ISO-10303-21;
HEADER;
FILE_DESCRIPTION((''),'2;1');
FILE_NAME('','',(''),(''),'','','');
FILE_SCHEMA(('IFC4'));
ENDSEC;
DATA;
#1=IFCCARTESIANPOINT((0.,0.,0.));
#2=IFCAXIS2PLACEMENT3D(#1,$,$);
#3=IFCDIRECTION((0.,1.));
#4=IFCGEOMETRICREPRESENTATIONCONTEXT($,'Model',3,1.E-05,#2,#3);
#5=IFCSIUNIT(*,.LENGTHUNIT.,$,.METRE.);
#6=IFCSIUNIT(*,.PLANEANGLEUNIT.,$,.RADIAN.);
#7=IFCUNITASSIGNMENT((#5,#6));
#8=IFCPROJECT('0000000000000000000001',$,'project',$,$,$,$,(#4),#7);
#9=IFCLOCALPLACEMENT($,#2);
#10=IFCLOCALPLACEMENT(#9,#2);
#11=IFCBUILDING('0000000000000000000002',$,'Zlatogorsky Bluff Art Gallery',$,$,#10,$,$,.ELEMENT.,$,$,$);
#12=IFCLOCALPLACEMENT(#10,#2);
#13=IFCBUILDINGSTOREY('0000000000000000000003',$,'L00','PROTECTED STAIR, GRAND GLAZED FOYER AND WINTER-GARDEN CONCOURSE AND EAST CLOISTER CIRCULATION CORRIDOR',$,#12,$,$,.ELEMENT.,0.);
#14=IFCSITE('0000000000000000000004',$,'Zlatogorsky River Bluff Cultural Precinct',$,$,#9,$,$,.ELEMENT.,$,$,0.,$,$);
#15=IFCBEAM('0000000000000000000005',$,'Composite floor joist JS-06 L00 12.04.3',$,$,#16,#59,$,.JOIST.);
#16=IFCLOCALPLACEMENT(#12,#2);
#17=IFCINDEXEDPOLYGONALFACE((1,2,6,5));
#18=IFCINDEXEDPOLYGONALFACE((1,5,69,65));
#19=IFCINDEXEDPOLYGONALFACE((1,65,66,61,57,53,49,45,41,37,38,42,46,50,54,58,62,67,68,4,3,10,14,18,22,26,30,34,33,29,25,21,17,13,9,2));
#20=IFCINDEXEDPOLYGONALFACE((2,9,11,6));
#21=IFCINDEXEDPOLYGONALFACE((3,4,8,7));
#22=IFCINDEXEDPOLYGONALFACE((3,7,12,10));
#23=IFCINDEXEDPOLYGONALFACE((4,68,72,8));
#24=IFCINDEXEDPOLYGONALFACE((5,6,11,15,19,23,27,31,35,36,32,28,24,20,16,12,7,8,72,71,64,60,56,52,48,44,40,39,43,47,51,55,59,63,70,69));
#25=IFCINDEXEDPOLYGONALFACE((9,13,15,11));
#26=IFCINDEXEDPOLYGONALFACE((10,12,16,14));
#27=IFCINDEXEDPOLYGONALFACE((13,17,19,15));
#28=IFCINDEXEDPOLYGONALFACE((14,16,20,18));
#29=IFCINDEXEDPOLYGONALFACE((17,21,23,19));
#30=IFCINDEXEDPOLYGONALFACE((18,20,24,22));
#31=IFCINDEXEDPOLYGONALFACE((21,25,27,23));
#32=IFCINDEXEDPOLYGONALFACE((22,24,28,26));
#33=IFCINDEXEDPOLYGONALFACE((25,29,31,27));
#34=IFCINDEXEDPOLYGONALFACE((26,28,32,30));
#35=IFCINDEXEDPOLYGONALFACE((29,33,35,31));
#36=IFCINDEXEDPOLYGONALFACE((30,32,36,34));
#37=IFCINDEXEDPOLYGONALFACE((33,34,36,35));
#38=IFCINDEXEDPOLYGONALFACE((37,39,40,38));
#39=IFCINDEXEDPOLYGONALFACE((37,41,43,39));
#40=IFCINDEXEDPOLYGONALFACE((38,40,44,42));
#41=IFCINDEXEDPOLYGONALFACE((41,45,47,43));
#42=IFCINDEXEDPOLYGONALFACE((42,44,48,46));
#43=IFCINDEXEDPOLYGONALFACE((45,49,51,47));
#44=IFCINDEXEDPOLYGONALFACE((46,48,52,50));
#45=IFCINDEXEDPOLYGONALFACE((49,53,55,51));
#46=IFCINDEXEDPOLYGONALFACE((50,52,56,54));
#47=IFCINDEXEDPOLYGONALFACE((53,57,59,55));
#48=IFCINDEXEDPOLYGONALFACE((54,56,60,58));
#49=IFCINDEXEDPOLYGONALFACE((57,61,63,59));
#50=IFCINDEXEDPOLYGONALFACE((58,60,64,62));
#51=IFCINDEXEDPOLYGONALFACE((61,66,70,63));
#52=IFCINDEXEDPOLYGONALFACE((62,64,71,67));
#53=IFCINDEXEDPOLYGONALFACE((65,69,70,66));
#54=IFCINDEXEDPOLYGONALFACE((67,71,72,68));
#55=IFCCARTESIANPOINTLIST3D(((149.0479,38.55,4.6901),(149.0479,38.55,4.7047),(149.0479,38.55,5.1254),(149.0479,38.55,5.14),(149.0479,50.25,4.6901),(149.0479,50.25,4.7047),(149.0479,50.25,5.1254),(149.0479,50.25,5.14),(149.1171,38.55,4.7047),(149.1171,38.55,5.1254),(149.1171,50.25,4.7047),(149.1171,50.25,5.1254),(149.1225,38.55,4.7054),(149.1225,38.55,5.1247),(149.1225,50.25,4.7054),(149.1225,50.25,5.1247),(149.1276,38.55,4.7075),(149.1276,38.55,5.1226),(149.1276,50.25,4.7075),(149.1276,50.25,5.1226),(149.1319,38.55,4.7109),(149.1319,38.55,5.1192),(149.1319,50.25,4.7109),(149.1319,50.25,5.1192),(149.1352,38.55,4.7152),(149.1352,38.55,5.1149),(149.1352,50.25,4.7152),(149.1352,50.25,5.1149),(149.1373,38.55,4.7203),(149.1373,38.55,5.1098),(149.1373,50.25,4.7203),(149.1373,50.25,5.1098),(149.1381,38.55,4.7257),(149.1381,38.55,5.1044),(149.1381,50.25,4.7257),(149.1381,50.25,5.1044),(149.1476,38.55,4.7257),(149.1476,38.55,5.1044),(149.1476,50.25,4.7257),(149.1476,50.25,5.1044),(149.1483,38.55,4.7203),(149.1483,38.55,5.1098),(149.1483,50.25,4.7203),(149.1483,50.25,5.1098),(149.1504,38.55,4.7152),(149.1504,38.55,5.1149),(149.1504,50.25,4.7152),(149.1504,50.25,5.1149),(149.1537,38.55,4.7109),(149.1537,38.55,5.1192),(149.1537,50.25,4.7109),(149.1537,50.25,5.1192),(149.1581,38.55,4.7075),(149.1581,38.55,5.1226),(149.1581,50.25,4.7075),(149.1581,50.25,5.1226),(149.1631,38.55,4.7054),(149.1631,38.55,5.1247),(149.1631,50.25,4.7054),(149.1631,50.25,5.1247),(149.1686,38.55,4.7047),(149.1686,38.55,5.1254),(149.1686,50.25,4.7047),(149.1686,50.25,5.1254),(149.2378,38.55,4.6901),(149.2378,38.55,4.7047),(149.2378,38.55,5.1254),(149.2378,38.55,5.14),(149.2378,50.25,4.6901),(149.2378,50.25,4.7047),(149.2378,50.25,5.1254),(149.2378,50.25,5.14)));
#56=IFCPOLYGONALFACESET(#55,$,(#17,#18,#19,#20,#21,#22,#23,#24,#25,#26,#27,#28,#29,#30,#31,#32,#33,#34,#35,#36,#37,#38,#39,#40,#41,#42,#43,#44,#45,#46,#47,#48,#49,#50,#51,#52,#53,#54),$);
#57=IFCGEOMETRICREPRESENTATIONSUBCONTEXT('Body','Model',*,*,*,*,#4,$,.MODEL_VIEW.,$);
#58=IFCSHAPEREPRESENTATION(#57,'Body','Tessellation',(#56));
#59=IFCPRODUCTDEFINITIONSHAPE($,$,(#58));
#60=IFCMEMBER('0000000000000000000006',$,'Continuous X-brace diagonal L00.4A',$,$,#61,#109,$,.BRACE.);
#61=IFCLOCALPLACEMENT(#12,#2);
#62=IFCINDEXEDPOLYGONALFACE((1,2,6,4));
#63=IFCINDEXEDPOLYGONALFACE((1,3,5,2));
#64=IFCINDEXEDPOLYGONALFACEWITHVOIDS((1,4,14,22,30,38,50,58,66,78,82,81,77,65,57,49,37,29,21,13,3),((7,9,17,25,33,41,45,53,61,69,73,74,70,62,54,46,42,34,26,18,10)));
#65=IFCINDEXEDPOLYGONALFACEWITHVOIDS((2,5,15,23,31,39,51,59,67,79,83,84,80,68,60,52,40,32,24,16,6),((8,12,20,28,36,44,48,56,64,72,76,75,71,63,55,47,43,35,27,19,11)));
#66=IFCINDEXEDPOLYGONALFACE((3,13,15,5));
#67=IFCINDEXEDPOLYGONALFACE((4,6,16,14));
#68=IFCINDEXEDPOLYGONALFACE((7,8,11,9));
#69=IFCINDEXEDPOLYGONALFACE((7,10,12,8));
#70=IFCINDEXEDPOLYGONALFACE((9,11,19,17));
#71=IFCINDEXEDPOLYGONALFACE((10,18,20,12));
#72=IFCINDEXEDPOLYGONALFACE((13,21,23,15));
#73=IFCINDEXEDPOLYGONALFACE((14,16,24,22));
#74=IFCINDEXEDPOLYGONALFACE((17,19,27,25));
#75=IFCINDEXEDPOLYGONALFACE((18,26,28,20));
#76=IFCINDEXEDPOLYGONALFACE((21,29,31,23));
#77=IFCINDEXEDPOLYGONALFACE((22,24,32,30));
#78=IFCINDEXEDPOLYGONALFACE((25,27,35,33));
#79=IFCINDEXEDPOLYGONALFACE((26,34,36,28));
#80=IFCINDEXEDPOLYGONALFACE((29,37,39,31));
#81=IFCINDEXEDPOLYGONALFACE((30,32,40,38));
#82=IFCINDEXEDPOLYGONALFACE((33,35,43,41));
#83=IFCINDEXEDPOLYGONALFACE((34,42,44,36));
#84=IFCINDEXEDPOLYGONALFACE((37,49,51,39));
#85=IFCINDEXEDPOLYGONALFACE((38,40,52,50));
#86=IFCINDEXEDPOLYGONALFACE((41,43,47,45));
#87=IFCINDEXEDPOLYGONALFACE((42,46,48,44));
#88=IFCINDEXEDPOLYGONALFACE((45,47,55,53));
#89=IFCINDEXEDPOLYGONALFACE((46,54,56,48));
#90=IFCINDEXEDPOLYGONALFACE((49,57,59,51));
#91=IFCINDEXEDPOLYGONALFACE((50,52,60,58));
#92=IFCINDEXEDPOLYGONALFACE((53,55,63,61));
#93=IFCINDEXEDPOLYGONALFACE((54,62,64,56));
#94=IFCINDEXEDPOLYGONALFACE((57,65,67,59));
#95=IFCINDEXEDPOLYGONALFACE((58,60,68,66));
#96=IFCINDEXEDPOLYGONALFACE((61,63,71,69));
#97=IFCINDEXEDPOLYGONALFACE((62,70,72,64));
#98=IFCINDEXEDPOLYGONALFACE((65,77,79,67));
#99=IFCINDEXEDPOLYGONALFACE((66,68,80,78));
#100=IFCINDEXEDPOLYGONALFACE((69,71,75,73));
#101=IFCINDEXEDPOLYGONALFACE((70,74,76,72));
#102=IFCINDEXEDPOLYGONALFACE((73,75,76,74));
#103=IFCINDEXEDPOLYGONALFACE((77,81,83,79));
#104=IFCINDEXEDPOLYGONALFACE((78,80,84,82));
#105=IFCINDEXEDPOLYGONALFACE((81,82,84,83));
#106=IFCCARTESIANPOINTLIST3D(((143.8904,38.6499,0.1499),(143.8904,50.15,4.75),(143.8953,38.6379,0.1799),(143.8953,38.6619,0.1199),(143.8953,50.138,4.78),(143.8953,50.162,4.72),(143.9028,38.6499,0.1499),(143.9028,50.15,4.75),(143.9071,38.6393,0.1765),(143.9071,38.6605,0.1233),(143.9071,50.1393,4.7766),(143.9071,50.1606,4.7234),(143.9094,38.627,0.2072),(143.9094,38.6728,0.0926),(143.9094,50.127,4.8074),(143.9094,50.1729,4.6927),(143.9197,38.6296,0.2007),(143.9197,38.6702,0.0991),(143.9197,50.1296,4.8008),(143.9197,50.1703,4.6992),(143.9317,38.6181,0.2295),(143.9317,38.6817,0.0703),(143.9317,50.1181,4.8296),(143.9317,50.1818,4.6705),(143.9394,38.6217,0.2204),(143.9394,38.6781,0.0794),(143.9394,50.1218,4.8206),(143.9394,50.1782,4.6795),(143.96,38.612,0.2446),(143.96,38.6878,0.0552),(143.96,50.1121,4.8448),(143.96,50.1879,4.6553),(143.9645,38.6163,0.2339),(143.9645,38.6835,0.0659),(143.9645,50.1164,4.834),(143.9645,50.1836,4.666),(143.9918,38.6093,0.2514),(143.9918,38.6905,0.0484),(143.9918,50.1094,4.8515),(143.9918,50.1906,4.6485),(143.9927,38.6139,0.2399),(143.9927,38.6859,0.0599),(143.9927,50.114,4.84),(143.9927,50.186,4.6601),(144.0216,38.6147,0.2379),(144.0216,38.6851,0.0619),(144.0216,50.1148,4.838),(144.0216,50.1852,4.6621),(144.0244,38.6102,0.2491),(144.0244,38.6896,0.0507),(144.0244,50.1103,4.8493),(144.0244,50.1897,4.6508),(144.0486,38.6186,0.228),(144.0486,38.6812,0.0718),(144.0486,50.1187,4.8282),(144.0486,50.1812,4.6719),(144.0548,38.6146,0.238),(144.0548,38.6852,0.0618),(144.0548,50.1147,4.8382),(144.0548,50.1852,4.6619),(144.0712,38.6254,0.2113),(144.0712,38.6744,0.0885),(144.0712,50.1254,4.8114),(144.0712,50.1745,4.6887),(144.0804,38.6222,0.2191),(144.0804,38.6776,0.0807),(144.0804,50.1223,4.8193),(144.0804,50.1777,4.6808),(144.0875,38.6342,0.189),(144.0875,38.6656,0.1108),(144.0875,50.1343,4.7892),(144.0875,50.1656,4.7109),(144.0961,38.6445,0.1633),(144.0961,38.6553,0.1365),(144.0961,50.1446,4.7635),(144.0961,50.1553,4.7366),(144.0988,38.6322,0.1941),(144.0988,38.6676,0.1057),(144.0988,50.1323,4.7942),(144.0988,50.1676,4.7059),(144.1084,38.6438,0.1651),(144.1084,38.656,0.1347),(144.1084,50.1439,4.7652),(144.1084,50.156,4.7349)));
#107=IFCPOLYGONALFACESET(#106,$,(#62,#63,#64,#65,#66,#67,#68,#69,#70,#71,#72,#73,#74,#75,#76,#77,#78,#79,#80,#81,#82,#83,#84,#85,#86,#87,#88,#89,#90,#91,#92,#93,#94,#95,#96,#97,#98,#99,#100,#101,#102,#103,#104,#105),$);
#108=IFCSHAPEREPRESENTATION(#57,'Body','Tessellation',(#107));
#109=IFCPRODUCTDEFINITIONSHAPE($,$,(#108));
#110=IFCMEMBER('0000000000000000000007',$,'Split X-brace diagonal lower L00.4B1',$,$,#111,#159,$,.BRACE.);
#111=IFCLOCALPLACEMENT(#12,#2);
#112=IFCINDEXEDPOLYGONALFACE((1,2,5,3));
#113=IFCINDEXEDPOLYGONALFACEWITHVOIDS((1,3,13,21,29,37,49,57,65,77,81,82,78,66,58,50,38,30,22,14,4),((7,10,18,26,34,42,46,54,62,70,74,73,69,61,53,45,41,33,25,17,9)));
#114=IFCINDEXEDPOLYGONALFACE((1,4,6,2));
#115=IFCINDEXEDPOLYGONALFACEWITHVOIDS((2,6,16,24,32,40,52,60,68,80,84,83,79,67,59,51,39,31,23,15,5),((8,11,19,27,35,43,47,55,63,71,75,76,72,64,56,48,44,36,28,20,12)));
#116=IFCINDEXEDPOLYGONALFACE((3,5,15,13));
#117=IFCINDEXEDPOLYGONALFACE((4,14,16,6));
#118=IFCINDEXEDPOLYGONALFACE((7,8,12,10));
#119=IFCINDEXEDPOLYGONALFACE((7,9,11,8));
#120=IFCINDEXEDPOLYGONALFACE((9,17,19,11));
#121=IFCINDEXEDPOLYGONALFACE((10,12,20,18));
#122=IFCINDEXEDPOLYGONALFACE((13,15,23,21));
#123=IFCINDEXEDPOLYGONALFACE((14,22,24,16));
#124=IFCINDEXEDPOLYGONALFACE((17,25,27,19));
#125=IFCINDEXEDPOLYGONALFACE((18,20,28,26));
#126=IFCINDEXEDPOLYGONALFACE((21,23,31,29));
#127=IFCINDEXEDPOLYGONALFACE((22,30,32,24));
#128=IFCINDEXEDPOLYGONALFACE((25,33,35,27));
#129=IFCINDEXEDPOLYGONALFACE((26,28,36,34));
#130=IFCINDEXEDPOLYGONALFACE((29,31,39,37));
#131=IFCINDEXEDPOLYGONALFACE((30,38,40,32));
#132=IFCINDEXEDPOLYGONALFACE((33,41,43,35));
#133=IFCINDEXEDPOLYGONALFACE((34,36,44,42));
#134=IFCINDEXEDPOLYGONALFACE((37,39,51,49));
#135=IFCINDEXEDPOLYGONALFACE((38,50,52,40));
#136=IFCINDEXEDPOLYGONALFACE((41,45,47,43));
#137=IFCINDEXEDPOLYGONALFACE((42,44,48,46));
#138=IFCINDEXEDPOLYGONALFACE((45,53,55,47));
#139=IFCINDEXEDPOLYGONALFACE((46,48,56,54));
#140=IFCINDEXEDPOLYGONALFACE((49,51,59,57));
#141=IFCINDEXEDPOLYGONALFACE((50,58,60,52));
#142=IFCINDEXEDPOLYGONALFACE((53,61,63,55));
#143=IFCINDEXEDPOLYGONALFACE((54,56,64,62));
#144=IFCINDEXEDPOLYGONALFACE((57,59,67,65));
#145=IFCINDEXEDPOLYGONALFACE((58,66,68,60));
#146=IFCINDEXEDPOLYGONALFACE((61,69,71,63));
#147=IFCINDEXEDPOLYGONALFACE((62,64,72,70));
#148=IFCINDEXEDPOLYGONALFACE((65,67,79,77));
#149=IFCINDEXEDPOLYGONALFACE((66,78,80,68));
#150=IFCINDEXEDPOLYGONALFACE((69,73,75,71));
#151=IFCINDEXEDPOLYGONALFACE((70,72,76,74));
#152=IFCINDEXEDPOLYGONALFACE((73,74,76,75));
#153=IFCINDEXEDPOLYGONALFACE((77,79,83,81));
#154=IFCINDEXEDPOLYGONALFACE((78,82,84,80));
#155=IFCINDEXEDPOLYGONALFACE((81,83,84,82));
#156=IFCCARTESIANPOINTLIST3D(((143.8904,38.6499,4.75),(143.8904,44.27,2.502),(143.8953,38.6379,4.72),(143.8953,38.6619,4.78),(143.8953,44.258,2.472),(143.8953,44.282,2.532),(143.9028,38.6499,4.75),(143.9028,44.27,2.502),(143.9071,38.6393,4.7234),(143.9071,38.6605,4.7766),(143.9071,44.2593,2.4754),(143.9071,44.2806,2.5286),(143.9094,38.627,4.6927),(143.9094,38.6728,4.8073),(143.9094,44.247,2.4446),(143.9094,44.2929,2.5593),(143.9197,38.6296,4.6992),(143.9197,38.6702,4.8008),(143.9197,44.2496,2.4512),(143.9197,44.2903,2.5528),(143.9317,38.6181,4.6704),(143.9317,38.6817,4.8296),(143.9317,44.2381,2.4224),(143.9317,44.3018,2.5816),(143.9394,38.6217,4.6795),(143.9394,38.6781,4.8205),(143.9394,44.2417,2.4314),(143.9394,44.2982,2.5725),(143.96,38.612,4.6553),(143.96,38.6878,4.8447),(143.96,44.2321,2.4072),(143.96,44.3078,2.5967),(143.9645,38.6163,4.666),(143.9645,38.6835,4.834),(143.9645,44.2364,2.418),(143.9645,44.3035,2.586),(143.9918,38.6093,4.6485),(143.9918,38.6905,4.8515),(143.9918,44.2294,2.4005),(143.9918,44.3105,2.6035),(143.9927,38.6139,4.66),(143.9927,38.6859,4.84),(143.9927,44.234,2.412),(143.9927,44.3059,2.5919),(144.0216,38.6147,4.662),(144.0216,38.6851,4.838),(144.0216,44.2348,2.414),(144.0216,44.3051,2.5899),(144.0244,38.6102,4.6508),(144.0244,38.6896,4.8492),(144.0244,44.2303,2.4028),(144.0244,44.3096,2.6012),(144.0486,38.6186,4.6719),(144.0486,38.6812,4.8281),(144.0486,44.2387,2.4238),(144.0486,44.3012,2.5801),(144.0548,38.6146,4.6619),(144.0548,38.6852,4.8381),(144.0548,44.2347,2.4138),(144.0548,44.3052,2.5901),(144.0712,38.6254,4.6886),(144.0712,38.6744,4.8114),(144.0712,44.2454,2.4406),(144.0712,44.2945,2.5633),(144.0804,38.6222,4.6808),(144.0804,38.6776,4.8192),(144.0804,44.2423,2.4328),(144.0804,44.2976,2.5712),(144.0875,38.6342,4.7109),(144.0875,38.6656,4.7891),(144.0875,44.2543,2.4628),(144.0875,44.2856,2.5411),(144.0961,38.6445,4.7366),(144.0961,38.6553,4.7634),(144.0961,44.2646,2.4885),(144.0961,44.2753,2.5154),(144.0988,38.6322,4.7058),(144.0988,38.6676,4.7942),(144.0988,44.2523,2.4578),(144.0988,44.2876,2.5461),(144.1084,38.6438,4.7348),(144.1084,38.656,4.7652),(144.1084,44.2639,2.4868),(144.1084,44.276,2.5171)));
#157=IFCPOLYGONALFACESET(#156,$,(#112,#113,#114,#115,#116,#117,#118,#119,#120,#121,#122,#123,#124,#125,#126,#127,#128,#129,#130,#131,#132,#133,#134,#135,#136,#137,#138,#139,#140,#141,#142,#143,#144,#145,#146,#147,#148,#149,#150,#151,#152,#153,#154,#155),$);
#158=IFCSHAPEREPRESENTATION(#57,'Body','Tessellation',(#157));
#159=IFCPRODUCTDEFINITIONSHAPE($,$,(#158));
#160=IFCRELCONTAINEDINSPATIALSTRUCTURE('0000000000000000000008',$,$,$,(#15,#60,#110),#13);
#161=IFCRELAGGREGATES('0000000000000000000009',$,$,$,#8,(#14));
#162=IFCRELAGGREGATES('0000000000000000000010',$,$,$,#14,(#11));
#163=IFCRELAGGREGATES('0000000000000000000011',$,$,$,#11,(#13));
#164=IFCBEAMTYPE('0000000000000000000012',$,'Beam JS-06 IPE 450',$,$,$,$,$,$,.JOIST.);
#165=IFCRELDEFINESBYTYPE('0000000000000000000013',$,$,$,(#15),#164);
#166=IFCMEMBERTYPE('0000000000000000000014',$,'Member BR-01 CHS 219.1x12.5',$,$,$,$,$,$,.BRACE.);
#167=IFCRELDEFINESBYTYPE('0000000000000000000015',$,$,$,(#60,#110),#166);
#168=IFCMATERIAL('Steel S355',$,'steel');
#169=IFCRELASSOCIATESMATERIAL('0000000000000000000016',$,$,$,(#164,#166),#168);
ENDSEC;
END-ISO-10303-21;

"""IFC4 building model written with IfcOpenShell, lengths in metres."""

from ifc_helpers import new_model, si_unit, direction, frame, origin, origin_2d, place, context, subcontext, project, spatial, hollow_circle, i_section, extrude, material, material_profile, profile_set, type_object, element, save


model = new_model("IFC4")

# Units and contexts
model_context = context("Model", 3, precision=1e-05, world=origin(), true_north=direction((0.0, 1.0)))
body_context = subcontext(model_context, "Body", "Model", "MODEL_VIEW")
ifc_project = project(units=[si_unit("LENGTHUNIT", "METRE"), si_unit("PLANEANGLEUNIT", "RADIAN")], contexts=[model_context])

# Site, building, storey
site_placement = place(None, origin())
site = spatial("IfcSite", under=ifc_project, at=site_placement, Name="Zlatogorsky River Bluff Cultural Precinct", CompositionType="ELEMENT", RefElevation=0.0)
building_placement = place(site_placement, origin())
building = spatial("IfcBuilding", under=site, at=building_placement, Name="Zlatogorsky Bluff Art Gallery", CompositionType="ELEMENT")
storey_placement = place(building_placement, origin())
storey = spatial("IfcBuildingStorey", under=building, at=storey_placement, Name="L00", Description="PROTECTED STAIR, GRAND GLAZED FOYER AND WINTER-GARDEN CONCOURSE AND EAST CLOISTER CIRCULATION CORRIDOR", CompositionType="ELEMENT", Elevation=0.0)

# Beam
ifc_material_1 = material(Name="Steel S355", Category="steel")
ifc_material_profile_1 = material_profile(ifc_material_1, i_section(OverallWidth=0.1899, OverallDepth=0.45, WebThickness=0.0095, FlangeThickness=0.0146, FilletRadius=0.021, at=origin_2d()), Name="IPE 450")
ifc_profile_set_1 = profile_set([ifc_material_profile_1], Name="Steel S355")
beam_type_1 = type_object("IfcBeamType", Name="Beam JS-06 IPE 450", PredefinedType="JOIST", material=ifc_profile_set_1)
for number, where, z_axis, x_axis, name in (
    (1, (149.1428, 38.55, 4.915), (0.0, 1.0, 0.0), (-1.0, 0.0, 0.0), "Composite floor joist JS-06 L00 12.04.3"),
):
    element("IfcBeam", number, at=place(storey_placement, frame(where, z_axis=z_axis, x_axis=x_axis)), inside=storey, type_object=beam_type_1, Name=name, PredefinedType="JOIST", context=body_context, shape_type="SweptSolid", body=[
        extrude(i_section(OverallWidth=0.1899, OverallDepth=0.45, WebThickness=0.0095, FlangeThickness=0.0146, FilletRadius=0.021, at=origin_2d()), origin(), (0.0, 0.0, 1.0), 11.7),
    ])

# Members
ifc_material_profile_2 = material_profile(ifc_material_1, hollow_circle(Radius=0.1096, WallThickness=0.0125, at=origin_2d()), Name="CHS 219.1x12.5")
ifc_profile_set_2 = profile_set([ifc_material_profile_2], Name="Steel S355")
member_type_1 = type_object("IfcMemberType", Name="Member BR-01 CHS 219.1x12.5", PredefinedType="BRACE", material=ifc_profile_set_2)
member_1_placement = place(storey_placement, frame((144.0, 38.6499, 0.1499), z_axis=(0.0, 0.928474, 0.371397), x_axis=(-1.0, 0.0, 0.0)))
element("IfcMember", 2, at=member_1_placement, inside=storey, type_object=member_type_1, Name="Continuous X-brace diagonal L00.4A", PredefinedType="BRACE", context=body_context, shape_type="SweptSolid", body=[
    extrude(hollow_circle(Radius=0.1096, WallThickness=0.0125, at=origin_2d()), origin(), (0.0, 0.0, 1.0), 12.386),
])
member_2_placement = place(storey_placement, frame((144.0, 38.6499, 4.75), z_axis=(0.0, 0.928477, -0.371391), x_axis=(-1.0, 0.0, 0.0)))
element("IfcMember", 3, at=member_2_placement, inside=storey, type_object=member_type_1, Name="Split X-brace diagonal lower L00.4B1", PredefinedType="BRACE", context=body_context, shape_type="SweptSolid", body=[
    extrude(hollow_circle(Radius=0.1096, WallThickness=0.0125, at=origin_2d()), origin(), (0.0, 0.0, 1.0), 6.053),
])

save(model, "model.ifc")
